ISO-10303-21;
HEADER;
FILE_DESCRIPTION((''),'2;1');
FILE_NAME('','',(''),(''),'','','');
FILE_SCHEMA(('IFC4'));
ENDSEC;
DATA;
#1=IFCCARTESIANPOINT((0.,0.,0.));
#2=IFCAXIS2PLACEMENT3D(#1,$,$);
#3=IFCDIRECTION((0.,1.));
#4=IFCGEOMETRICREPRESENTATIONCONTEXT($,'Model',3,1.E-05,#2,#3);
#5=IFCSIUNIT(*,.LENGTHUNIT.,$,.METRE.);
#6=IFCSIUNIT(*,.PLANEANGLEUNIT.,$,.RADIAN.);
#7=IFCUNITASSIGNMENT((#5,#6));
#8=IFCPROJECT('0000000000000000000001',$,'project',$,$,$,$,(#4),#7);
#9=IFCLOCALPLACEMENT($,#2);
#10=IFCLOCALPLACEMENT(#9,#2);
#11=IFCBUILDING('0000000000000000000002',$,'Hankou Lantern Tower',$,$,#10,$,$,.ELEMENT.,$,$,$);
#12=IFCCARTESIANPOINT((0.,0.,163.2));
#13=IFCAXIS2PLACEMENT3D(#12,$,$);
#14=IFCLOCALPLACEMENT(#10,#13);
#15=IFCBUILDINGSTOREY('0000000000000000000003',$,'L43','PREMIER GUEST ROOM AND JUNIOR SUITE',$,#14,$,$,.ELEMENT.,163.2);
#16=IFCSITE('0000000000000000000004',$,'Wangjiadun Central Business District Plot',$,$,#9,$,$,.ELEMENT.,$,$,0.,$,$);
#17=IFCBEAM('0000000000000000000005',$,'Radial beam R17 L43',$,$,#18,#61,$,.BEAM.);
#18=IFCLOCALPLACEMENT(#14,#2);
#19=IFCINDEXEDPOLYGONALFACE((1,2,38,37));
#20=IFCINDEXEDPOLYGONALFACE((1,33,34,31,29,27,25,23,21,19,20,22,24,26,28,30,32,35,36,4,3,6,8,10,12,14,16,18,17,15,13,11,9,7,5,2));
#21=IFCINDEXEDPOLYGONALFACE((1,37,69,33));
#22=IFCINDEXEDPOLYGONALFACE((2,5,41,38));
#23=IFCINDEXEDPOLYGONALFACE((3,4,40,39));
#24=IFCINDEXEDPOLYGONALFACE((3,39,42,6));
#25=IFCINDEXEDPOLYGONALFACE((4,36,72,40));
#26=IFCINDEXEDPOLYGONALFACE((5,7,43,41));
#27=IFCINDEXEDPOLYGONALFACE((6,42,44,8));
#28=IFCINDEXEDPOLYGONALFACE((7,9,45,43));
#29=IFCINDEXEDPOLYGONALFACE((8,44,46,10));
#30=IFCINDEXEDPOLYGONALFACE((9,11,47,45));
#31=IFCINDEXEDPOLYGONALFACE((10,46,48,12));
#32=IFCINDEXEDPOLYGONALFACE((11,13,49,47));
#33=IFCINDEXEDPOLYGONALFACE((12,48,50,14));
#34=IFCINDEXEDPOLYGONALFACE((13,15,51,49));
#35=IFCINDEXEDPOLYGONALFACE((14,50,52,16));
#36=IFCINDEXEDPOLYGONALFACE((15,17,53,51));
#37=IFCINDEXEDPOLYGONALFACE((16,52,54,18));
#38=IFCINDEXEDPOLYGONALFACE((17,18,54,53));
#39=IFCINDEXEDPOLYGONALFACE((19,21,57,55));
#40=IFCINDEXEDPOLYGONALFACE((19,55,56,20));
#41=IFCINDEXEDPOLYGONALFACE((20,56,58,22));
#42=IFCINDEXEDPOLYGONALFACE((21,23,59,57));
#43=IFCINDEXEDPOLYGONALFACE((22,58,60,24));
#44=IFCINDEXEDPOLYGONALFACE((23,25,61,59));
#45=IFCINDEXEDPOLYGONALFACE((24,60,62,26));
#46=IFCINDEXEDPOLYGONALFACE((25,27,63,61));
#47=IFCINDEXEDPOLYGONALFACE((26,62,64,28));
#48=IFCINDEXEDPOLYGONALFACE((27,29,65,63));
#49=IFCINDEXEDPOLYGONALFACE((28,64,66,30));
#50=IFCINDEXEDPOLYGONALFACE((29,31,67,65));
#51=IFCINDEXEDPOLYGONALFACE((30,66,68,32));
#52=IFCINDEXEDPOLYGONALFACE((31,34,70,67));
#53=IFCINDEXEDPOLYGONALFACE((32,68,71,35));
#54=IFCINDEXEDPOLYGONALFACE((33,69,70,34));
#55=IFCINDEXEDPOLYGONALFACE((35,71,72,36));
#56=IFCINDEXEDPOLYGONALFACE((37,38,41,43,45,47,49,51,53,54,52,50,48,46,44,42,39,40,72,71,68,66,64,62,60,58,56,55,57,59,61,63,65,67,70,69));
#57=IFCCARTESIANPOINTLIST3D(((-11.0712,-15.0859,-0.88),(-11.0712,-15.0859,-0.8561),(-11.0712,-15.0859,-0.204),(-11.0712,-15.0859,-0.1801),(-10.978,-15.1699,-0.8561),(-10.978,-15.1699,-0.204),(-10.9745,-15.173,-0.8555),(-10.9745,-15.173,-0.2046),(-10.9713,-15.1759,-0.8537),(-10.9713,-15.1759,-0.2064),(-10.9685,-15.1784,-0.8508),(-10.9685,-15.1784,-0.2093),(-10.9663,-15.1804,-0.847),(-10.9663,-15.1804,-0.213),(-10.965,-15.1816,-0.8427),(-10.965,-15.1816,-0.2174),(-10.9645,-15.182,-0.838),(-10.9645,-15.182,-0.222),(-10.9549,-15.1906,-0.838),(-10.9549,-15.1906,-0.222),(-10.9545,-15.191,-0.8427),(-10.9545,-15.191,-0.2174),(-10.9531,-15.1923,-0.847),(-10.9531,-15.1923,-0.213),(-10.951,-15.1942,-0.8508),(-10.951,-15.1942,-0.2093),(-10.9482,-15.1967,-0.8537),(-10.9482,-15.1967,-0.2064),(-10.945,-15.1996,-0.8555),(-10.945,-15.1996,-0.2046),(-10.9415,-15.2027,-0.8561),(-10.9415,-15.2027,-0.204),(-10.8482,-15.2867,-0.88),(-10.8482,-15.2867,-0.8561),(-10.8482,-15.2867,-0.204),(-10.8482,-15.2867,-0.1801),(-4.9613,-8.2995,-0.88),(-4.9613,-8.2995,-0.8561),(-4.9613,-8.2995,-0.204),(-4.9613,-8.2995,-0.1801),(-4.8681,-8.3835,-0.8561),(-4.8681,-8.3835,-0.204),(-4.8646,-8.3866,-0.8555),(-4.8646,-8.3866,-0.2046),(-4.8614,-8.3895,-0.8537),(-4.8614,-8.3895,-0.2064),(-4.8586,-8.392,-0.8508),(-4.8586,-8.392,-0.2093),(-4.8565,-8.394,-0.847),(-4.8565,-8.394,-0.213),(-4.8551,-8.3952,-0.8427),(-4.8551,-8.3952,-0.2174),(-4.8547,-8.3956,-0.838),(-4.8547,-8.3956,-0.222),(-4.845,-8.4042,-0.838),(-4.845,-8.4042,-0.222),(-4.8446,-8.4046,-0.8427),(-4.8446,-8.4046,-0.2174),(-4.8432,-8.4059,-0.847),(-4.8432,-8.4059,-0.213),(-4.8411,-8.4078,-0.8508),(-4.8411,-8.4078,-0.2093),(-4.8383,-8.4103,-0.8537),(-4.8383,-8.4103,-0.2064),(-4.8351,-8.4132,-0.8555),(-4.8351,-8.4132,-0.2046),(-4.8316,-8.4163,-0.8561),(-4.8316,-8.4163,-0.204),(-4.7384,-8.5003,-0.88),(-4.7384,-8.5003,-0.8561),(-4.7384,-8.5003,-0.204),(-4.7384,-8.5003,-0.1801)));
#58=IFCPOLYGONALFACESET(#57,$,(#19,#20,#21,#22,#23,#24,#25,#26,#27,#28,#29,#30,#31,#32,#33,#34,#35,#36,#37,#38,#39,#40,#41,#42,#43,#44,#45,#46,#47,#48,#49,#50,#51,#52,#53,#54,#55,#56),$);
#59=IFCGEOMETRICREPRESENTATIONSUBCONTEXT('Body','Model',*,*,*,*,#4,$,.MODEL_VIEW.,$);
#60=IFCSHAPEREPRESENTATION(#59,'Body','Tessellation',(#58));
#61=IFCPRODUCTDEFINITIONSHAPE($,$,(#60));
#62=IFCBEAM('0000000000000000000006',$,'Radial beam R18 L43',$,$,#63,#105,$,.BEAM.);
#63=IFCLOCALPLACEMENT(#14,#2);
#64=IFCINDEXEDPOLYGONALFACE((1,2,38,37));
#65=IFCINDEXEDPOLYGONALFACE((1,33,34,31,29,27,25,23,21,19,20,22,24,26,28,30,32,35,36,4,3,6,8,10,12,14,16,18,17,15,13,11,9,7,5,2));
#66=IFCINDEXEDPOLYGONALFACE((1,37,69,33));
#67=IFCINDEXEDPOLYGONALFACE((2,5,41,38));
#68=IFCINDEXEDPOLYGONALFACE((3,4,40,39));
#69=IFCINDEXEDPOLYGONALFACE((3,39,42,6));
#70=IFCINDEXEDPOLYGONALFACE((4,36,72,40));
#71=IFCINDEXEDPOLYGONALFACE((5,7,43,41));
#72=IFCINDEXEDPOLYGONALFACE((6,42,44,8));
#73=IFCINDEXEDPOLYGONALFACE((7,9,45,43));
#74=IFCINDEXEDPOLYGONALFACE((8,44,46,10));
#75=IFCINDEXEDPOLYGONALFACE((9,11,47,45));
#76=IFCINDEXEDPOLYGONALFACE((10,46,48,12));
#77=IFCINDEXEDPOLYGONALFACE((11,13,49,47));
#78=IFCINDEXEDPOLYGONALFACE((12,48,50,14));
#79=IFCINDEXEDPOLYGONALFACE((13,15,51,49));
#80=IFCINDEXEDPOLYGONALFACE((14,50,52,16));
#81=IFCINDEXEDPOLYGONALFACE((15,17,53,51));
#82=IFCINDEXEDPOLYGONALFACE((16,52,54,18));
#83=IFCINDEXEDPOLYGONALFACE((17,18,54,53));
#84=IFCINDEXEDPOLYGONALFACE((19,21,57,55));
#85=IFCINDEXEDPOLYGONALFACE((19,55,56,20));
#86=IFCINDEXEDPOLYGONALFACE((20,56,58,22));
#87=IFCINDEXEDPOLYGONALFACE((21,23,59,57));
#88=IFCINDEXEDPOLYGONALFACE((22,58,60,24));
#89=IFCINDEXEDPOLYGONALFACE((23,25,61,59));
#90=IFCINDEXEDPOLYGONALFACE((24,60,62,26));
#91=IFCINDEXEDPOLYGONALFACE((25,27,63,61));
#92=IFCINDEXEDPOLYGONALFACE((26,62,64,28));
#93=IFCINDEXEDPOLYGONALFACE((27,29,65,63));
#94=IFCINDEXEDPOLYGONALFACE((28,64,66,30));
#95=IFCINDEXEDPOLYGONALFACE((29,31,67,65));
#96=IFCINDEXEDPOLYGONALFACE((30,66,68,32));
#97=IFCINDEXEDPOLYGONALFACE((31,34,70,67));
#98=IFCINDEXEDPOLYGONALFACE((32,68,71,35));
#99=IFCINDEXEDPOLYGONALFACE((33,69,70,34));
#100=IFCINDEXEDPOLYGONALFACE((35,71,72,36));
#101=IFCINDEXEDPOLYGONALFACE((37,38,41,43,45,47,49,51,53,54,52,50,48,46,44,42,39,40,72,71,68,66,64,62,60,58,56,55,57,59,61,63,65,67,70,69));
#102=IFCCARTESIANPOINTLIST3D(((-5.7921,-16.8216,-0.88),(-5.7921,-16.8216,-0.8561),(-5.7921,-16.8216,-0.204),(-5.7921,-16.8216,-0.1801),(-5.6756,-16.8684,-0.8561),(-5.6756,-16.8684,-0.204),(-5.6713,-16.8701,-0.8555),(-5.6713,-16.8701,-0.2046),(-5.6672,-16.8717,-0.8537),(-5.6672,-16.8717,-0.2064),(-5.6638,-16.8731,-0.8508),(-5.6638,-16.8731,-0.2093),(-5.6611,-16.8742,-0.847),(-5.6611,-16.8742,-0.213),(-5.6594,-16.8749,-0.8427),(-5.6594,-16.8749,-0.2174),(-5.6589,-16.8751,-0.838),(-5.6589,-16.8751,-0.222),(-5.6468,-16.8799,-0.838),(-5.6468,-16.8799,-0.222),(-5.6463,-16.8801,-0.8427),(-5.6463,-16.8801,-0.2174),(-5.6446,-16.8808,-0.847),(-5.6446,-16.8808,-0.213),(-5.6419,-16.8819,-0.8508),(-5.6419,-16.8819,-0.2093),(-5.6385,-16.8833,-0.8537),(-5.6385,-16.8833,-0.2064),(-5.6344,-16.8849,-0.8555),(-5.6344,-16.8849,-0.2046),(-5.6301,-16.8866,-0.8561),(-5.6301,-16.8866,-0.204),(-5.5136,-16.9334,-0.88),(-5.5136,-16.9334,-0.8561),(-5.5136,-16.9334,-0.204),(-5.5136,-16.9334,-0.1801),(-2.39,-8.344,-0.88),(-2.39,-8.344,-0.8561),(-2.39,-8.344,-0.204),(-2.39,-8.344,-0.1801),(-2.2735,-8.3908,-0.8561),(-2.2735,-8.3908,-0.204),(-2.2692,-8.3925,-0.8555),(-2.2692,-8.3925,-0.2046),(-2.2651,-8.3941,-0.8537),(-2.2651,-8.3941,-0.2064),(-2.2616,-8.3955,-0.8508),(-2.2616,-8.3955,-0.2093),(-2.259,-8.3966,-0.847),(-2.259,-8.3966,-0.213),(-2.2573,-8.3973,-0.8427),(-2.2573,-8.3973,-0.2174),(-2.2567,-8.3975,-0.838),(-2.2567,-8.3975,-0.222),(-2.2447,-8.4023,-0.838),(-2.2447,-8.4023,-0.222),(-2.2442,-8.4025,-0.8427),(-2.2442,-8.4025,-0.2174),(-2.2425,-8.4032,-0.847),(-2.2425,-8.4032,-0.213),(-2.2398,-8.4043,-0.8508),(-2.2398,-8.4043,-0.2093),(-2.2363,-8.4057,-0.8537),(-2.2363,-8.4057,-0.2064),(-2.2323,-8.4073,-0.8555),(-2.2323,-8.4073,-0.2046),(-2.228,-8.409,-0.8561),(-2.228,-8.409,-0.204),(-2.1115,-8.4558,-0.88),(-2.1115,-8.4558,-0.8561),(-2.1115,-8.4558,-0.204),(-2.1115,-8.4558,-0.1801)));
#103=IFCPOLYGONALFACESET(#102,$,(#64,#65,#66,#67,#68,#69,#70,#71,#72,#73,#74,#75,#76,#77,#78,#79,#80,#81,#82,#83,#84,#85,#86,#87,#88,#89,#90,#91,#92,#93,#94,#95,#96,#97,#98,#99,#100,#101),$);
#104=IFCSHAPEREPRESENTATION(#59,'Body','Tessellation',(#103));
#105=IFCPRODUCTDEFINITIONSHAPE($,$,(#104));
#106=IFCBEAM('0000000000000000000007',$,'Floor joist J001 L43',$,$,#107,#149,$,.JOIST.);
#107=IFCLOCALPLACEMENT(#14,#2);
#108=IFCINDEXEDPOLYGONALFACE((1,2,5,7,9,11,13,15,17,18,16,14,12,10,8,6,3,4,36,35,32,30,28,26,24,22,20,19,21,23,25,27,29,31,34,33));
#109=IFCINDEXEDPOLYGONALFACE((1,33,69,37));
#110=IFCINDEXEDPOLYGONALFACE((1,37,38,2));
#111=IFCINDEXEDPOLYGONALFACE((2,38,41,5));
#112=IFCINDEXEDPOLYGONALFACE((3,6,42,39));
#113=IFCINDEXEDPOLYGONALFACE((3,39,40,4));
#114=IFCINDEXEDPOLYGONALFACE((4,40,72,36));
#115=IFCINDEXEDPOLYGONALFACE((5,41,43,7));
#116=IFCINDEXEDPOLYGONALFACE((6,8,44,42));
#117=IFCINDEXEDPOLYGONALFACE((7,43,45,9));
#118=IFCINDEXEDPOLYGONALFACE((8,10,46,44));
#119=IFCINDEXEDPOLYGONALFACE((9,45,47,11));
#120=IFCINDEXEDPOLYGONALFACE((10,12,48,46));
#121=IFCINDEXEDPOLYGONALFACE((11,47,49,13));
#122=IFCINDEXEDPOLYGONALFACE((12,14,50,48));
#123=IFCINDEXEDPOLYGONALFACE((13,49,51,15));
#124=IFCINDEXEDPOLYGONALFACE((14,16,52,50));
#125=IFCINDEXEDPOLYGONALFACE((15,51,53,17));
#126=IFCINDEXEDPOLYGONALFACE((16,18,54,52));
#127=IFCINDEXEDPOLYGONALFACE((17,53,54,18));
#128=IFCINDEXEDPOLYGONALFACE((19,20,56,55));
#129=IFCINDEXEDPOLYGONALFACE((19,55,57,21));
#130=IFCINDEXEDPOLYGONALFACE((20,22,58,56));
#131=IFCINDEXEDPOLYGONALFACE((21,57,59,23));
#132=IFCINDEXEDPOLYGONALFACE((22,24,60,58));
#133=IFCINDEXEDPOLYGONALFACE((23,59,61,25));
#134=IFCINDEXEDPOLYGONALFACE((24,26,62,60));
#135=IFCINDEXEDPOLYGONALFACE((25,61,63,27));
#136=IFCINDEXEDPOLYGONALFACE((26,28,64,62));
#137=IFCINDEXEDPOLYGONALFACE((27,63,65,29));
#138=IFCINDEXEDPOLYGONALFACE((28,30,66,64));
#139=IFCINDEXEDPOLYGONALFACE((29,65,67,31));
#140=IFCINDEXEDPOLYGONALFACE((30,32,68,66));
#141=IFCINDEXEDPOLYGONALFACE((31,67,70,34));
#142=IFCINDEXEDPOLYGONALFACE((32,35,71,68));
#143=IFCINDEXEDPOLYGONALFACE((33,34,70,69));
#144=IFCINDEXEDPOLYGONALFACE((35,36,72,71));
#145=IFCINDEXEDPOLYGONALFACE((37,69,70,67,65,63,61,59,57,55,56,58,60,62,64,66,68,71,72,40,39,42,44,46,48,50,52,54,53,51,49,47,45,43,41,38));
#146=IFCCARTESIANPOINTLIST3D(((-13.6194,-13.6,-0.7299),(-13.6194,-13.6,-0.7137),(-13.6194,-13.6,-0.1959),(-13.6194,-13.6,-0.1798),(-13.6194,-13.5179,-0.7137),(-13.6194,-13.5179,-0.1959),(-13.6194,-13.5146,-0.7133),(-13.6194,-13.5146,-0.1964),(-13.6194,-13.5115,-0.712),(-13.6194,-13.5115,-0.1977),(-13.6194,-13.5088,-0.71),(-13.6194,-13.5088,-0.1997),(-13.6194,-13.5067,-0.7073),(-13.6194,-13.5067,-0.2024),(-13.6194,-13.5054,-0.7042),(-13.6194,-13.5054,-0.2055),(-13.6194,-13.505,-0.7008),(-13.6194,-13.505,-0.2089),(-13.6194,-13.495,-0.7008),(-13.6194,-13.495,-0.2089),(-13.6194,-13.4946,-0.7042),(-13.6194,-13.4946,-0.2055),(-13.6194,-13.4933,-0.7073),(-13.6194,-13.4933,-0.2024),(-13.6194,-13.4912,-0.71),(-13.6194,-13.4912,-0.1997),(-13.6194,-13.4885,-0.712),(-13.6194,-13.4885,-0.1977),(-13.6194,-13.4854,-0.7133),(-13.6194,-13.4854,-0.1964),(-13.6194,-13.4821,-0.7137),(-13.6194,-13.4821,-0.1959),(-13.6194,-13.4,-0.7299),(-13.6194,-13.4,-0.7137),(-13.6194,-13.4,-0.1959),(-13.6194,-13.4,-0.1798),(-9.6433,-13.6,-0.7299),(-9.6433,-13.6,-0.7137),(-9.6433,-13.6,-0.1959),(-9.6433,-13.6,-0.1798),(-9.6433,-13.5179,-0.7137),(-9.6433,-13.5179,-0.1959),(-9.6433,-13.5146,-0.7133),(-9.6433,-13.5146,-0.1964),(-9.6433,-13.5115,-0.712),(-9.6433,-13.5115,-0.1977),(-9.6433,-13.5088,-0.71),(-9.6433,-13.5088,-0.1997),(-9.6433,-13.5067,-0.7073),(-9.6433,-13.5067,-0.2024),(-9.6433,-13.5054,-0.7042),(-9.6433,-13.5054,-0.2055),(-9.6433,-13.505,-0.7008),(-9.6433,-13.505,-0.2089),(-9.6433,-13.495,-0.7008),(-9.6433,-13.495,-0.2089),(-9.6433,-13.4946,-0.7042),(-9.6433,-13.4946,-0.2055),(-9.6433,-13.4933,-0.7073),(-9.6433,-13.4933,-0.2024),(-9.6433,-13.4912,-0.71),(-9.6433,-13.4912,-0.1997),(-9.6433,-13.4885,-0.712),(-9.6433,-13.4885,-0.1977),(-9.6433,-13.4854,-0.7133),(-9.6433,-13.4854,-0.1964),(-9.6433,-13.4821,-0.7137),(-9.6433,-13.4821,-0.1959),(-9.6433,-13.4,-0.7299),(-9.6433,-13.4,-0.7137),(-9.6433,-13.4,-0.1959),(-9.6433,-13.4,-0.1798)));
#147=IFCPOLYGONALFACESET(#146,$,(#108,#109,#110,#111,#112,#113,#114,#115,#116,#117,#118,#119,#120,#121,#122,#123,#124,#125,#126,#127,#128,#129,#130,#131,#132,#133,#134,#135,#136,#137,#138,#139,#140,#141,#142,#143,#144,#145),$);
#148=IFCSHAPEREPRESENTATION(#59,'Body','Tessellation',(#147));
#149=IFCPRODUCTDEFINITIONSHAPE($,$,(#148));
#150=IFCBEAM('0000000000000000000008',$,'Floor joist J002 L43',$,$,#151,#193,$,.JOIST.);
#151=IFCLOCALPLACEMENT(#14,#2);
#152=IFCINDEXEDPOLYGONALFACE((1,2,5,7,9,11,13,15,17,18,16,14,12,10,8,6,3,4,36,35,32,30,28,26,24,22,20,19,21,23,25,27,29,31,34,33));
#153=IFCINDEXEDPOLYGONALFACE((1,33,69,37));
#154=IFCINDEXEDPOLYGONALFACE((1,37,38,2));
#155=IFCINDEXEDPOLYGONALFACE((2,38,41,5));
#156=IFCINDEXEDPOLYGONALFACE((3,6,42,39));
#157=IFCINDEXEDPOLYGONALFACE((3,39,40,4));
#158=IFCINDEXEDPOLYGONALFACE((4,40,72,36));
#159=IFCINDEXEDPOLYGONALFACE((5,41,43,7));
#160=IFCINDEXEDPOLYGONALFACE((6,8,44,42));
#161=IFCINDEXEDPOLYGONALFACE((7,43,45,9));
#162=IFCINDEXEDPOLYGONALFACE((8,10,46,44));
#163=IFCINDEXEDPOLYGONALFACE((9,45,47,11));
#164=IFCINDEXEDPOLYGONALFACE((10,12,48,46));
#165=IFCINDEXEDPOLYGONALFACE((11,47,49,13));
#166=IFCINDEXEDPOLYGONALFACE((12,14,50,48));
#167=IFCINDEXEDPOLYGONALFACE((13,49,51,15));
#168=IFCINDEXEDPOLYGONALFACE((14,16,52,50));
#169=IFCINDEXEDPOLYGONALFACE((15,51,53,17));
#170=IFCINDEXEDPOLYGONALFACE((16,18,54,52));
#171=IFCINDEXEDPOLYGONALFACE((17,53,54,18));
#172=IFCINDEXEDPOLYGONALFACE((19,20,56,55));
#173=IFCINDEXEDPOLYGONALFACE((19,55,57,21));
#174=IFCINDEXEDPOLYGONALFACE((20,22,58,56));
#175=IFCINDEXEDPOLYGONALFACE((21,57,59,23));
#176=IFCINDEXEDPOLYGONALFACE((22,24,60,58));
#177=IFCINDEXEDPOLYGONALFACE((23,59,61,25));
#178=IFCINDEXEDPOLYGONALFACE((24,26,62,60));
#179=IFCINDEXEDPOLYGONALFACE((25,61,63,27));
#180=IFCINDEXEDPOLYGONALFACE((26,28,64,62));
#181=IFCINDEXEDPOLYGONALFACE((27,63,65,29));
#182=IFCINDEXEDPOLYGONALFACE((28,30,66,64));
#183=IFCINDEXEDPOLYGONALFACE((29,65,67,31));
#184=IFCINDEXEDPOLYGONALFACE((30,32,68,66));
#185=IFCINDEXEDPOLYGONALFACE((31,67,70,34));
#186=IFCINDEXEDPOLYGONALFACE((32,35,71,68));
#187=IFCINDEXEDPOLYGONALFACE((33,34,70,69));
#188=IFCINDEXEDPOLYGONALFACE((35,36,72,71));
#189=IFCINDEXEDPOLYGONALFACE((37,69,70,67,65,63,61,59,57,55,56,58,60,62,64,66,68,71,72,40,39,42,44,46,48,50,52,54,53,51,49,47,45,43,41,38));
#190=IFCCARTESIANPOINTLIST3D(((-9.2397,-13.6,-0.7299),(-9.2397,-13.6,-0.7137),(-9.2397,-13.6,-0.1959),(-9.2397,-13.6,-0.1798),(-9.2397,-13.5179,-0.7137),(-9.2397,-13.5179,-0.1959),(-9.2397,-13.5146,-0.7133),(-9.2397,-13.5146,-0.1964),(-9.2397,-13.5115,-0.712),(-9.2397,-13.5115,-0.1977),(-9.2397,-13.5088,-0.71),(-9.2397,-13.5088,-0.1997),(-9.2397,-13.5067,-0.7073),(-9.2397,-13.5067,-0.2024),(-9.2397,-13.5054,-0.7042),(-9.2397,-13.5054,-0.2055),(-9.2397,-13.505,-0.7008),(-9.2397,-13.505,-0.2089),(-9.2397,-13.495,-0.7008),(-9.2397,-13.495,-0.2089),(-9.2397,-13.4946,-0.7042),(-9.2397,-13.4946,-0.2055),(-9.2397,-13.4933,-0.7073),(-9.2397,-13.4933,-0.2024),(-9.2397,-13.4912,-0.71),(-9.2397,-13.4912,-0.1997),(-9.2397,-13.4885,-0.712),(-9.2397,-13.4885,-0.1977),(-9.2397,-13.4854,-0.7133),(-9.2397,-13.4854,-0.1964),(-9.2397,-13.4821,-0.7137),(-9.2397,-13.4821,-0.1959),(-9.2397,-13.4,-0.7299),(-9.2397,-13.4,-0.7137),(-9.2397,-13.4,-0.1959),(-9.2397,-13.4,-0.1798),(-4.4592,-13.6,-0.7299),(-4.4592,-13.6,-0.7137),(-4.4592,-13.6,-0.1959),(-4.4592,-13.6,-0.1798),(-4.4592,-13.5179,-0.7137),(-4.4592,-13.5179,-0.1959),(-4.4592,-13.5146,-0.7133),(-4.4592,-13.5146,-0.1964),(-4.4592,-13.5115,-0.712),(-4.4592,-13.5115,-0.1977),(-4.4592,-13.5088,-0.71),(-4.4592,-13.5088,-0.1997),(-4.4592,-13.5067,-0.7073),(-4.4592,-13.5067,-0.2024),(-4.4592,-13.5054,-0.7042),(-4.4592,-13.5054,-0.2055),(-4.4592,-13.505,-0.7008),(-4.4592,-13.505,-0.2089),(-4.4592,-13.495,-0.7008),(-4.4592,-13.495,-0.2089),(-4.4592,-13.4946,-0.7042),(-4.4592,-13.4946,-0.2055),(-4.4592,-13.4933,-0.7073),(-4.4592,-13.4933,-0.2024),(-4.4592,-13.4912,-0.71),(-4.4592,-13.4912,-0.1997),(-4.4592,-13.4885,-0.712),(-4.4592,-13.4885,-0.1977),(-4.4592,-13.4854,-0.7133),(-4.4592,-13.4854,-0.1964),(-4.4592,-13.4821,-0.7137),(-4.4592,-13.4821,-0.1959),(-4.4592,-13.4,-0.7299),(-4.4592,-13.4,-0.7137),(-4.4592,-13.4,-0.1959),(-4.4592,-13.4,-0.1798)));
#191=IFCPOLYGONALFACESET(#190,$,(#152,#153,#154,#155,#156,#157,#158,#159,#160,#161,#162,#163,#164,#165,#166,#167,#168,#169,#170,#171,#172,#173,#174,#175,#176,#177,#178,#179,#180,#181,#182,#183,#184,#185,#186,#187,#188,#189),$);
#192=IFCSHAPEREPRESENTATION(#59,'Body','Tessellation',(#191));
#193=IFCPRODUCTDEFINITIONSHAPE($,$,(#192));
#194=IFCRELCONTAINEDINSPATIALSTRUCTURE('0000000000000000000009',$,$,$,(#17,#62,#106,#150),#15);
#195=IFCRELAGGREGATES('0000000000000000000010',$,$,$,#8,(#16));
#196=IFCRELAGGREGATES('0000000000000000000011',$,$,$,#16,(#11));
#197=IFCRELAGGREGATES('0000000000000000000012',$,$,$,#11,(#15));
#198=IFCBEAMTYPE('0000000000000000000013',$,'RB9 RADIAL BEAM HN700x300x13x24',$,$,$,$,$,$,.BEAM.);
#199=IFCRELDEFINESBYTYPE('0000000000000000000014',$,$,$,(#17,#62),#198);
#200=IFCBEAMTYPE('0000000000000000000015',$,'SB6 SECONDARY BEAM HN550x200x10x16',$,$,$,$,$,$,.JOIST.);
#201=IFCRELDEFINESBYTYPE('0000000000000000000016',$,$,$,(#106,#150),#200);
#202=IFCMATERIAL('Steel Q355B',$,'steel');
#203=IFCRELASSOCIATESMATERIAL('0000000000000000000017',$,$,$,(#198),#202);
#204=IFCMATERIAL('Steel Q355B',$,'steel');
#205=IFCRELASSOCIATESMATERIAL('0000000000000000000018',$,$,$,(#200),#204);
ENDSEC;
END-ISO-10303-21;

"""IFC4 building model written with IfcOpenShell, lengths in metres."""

from ifc_helpers import new_model, si_unit, direction, frame, origin, origin_2d, place, context, subcontext, project, spatial, i_section, extrude, material, material_profile, profile_set, type_object, element, save


model = new_model("IFC4")

# Units and contexts
model_context = context("Model", 3, precision=1e-05, world=origin(), true_north=direction((0.0, 1.0)))
body_context = subcontext(model_context, "Body", "Model", "MODEL_VIEW")
ifc_project = project(units=[si_unit("LENGTHUNIT", "METRE"), si_unit("PLANEANGLEUNIT", "RADIAN")], contexts=[model_context])

# Site, building, storey
site_placement = place(None, origin())
site = spatial("IfcSite", under=ifc_project, at=site_placement, Name="Wangjiadun Central Business District Plot", CompositionType="ELEMENT", RefElevation=0.0)
building_placement = place(site_placement, origin())
building = spatial("IfcBuilding", under=site, at=building_placement, Name="Hankou Lantern Tower", CompositionType="ELEMENT")
storey_placement = place(building_placement, frame((0.0, 0.0, 163.2)))
storey = spatial("IfcBuildingStorey", under=building, at=storey_placement, Name="L43", Description="PREMIER GUEST ROOM AND JUNIOR SUITE", CompositionType="ELEMENT", Elevation=163.2)

# Beams
ifc_material_1 = material(Name="Steel Q355B", Category="steel")
ifc_material_profile_1 = material_profile(ifc_material_1, i_section(OverallWidth=0.3, OverallDepth=0.7, WebThickness=0.0129, FlangeThickness=0.0239, FilletRadius=0.0181, at=origin_2d()), Name="HN700x300x13x24")
ifc_profile_set_1 = profile_set([ifc_material_profile_1], Name="Steel Q355B")
beam_type_1 = type_object("IfcBeamType", Name="RB9 RADIAL BEAM HN700x300x13x24", PredefinedType="BEAM", material=ifc_profile_set_1)
beam_1_placement = place(storey_placement, frame((-4.8499, -8.3999, -0.53), z_axis=(-0.669093, -0.743178, 0.0), x_axis=(0.743178, -0.669093, 0.0)))
element("IfcBeam", 1, at=beam_1_placement, inside=storey, type_object=beam_type_1, Name="Radial beam R17 L43", PredefinedType="BEAM", context=body_context, shape_type="SweptSolid", body=[
    extrude(i_section(OverallWidth=0.3, OverallDepth=0.7, WebThickness=0.0129, FlangeThickness=0.0239, FilletRadius=0.0181, at=origin_2d()), origin(), (0.0, 0.0, 1.0), 9.1316),
])
beam_2_placement = place(storey_placement, frame((-2.2507, -8.3999, -0.53), z_axis=(-0.372436, -0.928058, 0.0), x_axis=(0.928058, -0.372436, 0.0)))
element("IfcBeam", 2, at=beam_2_placement, inside=storey, type_object=beam_type_1, Name="Radial beam R18 L43", PredefinedType="BEAM", context=body_context, shape_type="SweptSolid", body=[
    extrude(i_section(OverallWidth=0.3, OverallDepth=0.7, WebThickness=0.0129, FlangeThickness=0.0239, FilletRadius=0.0181, at=origin_2d()), origin(), (0.0, 0.0, 1.0), 9.1348),
])
ifc_material_2 = material(Name="Steel Q355B", Category="steel")
ifc_material_profile_2 = material_profile(ifc_material_2, i_section(OverallWidth=0.2, OverallDepth=0.55, WebThickness=0.01, FlangeThickness=0.0161, FilletRadius=0.0129, at=origin_2d()), Name="HN550x200x10x16")
ifc_profile_set_2 = profile_set([ifc_material_profile_2], Name="Steel Q355B")
beam_type_2 = type_object("IfcBeamType", Name="SB6 SECONDARY BEAM HN550x200x10x16", PredefinedType="JOIST", material=ifc_profile_set_2)
beam_3_placement = place(storey_placement, frame((-13.6194, -13.5, -0.4548), z_axis=(1.0, 0.0, 0.0), x_axis=(0.0, 1.0, 0.0)))
element("IfcBeam", 3, at=beam_3_placement, inside=storey, type_object=beam_type_2, Name="Floor joist J001 L43", PredefinedType="JOIST", context=body_context, shape_type="SweptSolid", body=[
    extrude(i_section(OverallWidth=0.2, OverallDepth=0.55, WebThickness=0.01, FlangeThickness=0.0161, FilletRadius=0.0129, at=origin_2d()), origin(), (0.0, 0.0, 1.0), 3.9761),
])
beam_4_placement = place(storey_placement, frame((-9.2397, -13.5, -0.4548), z_axis=(1.0, 0.0, 0.0), x_axis=(0.0, 1.0, 0.0)))
element("IfcBeam", 4, at=beam_4_placement, inside=storey, type_object=beam_type_2, Name="Floor joist J002 L43", PredefinedType="JOIST", context=body_context, shape_type="SweptSolid", body=[
    extrude(i_section(OverallWidth=0.2, OverallDepth=0.55, WebThickness=0.01, FlangeThickness=0.0161, FilletRadius=0.0129, at=origin_2d()), origin(), (0.0, 0.0, 1.0), 4.7805),
])

save(model, "model.ifc")
